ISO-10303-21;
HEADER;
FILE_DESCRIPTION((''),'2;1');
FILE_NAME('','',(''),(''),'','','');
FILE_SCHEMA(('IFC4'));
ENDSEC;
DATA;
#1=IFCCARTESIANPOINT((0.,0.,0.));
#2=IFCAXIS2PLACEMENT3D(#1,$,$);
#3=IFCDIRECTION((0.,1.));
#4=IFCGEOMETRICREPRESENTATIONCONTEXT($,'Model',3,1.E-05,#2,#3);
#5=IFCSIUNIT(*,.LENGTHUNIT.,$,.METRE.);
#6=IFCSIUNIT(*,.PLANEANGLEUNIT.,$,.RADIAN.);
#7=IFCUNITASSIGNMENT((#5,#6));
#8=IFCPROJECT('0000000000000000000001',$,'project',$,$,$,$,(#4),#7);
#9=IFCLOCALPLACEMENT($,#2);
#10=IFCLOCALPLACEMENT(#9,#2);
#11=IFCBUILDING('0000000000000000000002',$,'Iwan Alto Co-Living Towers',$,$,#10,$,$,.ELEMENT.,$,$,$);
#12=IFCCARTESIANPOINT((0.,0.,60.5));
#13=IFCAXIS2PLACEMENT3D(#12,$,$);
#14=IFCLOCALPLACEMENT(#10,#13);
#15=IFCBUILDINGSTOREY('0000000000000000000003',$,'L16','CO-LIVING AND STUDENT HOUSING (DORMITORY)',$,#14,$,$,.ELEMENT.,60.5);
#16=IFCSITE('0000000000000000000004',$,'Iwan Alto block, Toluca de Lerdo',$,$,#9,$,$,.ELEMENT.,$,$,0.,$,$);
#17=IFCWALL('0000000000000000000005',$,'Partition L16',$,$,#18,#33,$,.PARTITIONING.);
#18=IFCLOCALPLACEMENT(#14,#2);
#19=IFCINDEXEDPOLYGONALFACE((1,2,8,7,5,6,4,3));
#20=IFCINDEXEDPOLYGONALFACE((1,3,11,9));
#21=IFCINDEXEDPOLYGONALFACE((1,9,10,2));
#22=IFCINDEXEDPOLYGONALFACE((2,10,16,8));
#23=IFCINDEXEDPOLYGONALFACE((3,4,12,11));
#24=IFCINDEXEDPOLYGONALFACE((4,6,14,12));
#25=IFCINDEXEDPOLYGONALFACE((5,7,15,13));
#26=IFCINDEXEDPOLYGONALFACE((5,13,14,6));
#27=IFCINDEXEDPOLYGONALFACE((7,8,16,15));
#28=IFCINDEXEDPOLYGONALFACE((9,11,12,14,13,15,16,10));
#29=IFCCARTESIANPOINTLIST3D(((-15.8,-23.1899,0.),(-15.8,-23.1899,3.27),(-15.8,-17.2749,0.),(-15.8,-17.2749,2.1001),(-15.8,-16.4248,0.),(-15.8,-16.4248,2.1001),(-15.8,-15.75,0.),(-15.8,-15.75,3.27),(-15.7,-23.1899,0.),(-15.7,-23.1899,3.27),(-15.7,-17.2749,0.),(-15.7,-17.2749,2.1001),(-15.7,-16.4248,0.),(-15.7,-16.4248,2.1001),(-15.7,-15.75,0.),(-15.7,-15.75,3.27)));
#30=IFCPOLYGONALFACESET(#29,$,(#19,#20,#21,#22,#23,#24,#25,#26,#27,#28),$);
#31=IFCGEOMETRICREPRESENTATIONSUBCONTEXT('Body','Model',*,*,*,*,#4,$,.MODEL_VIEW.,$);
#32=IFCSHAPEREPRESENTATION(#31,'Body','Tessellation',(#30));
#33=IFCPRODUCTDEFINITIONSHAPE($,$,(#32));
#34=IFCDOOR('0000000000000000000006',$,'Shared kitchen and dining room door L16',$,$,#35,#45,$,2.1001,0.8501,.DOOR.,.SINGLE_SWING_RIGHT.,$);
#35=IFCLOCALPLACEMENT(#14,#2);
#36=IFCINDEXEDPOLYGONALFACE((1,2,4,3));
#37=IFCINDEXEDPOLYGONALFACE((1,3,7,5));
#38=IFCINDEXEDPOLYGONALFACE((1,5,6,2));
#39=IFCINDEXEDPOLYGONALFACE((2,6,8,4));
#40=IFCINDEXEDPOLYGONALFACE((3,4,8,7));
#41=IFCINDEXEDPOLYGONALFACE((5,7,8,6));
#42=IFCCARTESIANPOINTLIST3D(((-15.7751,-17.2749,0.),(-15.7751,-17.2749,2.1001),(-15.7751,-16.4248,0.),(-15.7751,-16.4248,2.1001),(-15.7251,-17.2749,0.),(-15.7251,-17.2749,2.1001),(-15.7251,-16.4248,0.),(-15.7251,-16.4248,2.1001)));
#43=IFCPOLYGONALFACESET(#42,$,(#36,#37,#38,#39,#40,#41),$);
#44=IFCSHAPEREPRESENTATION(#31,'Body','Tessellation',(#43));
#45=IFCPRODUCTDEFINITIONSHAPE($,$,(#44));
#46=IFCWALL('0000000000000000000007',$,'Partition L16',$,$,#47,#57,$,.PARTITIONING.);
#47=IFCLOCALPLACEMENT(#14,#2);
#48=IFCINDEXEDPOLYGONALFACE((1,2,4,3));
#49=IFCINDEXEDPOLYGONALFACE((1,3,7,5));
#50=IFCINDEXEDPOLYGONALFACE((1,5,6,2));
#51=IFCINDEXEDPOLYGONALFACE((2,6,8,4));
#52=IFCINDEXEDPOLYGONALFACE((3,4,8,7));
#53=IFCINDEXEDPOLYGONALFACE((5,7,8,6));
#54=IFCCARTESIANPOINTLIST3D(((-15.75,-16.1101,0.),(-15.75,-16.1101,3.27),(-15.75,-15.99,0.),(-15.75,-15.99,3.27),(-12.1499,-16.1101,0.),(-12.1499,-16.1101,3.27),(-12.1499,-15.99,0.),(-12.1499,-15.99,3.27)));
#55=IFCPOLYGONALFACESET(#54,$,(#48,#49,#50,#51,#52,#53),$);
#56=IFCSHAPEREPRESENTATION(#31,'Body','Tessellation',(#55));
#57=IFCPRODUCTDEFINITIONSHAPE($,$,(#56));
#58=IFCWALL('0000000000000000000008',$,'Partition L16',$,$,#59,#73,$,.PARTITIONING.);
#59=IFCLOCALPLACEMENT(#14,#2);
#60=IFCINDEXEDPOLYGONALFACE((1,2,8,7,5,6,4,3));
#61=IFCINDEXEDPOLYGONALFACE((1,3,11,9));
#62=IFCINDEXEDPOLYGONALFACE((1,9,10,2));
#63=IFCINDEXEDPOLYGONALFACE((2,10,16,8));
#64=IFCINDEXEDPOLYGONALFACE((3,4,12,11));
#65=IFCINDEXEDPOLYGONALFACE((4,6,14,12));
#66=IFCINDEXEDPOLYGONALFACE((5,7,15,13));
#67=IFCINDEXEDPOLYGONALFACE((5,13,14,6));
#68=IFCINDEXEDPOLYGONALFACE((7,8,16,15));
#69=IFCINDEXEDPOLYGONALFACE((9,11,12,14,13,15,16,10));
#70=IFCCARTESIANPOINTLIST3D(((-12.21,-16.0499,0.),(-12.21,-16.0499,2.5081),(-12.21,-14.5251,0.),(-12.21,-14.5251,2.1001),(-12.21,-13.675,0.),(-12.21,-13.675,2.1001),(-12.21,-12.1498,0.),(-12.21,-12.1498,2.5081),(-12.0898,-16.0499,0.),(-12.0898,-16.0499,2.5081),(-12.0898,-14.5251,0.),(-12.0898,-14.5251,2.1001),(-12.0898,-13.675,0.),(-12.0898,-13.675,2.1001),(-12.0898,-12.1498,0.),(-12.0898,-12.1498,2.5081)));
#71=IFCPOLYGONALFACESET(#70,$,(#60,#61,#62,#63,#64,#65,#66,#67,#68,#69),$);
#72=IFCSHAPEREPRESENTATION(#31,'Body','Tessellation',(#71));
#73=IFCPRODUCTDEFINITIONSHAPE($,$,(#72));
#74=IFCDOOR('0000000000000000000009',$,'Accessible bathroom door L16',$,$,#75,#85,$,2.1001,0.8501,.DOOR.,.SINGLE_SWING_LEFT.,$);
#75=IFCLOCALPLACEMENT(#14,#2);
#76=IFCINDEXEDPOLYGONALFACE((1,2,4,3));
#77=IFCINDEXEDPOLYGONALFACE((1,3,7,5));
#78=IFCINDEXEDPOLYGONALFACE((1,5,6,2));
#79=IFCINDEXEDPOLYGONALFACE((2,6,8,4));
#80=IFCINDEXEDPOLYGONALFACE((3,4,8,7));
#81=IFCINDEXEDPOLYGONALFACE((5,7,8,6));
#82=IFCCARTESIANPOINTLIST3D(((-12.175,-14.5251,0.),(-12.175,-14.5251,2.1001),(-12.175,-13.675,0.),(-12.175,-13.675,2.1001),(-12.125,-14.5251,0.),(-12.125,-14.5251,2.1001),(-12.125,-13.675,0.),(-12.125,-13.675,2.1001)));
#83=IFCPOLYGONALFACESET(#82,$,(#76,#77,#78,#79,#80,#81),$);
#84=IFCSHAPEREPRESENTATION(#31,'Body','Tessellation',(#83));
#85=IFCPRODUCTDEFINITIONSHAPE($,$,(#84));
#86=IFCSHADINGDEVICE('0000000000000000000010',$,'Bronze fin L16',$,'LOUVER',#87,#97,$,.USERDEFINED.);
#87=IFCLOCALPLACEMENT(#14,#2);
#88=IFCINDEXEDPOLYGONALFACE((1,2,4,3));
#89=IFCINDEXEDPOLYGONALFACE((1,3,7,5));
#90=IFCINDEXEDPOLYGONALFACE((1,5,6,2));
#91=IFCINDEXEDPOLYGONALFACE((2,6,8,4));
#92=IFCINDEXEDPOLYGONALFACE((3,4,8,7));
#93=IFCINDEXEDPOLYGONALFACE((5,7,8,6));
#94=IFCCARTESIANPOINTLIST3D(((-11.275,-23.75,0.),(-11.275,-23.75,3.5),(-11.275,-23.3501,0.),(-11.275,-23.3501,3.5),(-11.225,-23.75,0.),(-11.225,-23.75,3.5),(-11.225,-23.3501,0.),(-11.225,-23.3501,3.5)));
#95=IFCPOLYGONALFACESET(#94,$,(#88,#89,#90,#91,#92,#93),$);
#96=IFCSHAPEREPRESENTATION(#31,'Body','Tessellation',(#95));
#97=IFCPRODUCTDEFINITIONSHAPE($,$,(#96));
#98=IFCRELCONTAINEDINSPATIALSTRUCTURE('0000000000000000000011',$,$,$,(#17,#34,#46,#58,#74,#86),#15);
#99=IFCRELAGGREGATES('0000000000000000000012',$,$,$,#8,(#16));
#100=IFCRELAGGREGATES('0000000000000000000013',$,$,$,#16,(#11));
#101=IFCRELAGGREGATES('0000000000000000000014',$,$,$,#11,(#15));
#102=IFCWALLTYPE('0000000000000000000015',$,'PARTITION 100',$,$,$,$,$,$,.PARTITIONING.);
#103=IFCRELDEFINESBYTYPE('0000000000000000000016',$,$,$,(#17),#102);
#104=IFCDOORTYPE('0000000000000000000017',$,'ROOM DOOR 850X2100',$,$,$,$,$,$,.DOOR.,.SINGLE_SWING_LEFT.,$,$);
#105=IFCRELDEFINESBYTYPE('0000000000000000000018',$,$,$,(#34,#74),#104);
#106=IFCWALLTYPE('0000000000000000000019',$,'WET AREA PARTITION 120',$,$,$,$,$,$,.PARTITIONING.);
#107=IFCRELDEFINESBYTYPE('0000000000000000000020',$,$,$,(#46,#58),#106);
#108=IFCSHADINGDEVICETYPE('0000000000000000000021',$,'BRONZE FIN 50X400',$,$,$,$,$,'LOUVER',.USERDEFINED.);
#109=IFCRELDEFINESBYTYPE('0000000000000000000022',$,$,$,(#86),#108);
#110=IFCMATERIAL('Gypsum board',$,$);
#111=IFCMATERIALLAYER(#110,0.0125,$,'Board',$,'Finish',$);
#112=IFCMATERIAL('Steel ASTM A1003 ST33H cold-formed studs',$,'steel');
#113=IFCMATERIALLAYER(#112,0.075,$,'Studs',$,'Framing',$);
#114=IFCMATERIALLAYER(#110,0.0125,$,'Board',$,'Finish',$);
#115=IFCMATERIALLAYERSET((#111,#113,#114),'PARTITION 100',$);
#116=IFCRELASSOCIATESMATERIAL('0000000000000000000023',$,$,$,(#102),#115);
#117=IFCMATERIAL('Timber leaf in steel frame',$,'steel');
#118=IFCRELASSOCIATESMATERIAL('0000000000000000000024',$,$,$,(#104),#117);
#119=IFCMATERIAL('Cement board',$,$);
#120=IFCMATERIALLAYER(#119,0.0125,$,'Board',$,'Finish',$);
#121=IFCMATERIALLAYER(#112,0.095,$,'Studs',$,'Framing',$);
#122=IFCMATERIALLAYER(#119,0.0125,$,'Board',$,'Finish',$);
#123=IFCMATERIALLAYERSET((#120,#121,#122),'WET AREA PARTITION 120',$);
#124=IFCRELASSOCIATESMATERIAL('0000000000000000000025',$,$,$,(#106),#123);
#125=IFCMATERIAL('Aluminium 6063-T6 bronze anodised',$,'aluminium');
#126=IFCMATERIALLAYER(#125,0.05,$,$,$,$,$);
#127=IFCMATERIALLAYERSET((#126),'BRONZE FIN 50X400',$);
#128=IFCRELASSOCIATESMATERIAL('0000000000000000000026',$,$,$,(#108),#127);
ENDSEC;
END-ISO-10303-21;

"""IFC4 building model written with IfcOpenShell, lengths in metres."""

from ifc_helpers import new_model, si_unit, direction, frame, frame_2d, origin, origin_2d, place, context, subcontext, project, spatial, rectangle, extrude, material, layer, layer_set, type_object, element, fill, save


model = new_model("IFC4")

# Units and contexts
model_context = context("Model", 3, precision=1e-05, world=origin(), true_north=direction((0.0, 1.0)))
body_context = subcontext(model_context, "Body", "Model", "MODEL_VIEW")
ifc_project = project(units=[si_unit("LENGTHUNIT", "METRE"), si_unit("PLANEANGLEUNIT", "RADIAN")], contexts=[model_context])

# Site, building, storey
site_placement = place(None, origin())
site = spatial("IfcSite", under=ifc_project, at=site_placement, Name="Iwan Alto block, Toluca de Lerdo", CompositionType="ELEMENT", RefElevation=0.0)
building_placement = place(site_placement, origin())
building = spatial("IfcBuilding", under=site, at=building_placement, Name="Iwan Alto Co-Living Towers", CompositionType="ELEMENT")
storey_placement = place(building_placement, frame((0.0, 0.0, 60.5)))
storey = spatial("IfcBuildingStorey", under=building, at=storey_placement, Name="L16", Description="CO-LIVING AND STUDENT HOUSING (DORMITORY)", CompositionType="ELEMENT", Elevation=60.5)

# Shared definitions
ifc_material_1 = material(Name="Gypsum board")
ifc_layer_1 = layer(ifc_material_1, 0.0125, Name="Board", Category="Finish")
ifc_material_2 = material(Name="Steel ASTM A1003 ST33H cold-formed studs", Category="steel")
ifc_layer_2 = layer(ifc_material_2, 0.075, Name="Studs", Category="Framing")
ifc_layer_3 = layer(ifc_material_1, 0.0125, Name="Board", Category="Finish")
ifc_layer_set_1 = layer_set([ifc_layer_1, ifc_layer_2, ifc_layer_3], Name="PARTITION 100")
wall_type_1 = type_object("IfcWallType", Name="PARTITION 100", PredefinedType="PARTITIONING", material=ifc_layer_set_1)

# Wall, opening, door
wall_1_placement = place(storey_placement, frame((-15.75, -23.1899, 0.0), z_axis=(0.0, 0.0, 1.0), x_axis=(0.0, 1.0, 0.0)))
wall_1 = element("IfcWall", 1, at=wall_1_placement, inside=storey, type_object=wall_type_1, Name="Partition L16", PredefinedType="PARTITIONING", context=body_context, shape_type="SweptSolid", body=[
    extrude(rectangle(XDim=7.4399, YDim=0.1001, at=frame_2d((3.72, 0.0))), origin(), (0.0, 0.0, 1.0), 3.27),
])
opening_1_placement = place(wall_1_placement, frame((5.915, 0.0, 0.0)))
opening_1 = element("IfcOpeningElement", 2, at=opening_1_placement, cuts=wall_1, PredefinedType="OPENING", context=body_context, shape_type="SweptSolid", body=[
    extrude(rectangle(XDim=0.8501, YDim=2.1001, at=frame_2d((0.425, 1.05))), frame((0.0, 0.0601, 0.0), z_axis=(0.0, -1.0, 0.0), x_axis=(1.0, 0.0, 0.0)), (0.0, 0.0, 1.0), 0.1201),
])
ifc_material_3 = material(Name="Timber leaf in steel frame", Category="steel")
door_type_1 = type_object("IfcDoorType", Name="ROOM DOOR 850X2100", OperationType="SINGLE_SWING_LEFT", PredefinedType="DOOR", material=ifc_material_3)
door_1_placement = place(opening_1_placement, frame((0.8501, 0.0, 0.0), z_axis=(0.0, 0.0, 1.0), x_axis=(-1.0, 0.0, 0.0)))
door_1 = element("IfcDoor", 3, at=door_1_placement, inside=storey, type_object=door_type_1, Name="Shared kitchen and dining room door L16", OperationType="SINGLE_SWING_RIGHT", OverallHeight=2.1001, OverallWidth=0.8501, PredefinedType="DOOR", context=body_context, shape_type="SweptSolid", body=[
    extrude(rectangle(XDim=0.8501, YDim=2.1001, at=frame_2d((0.425, 1.05))), frame((0.0, 0.0249, 0.0), z_axis=(0.0, -1.0, 0.0), x_axis=(1.0, 0.0, 0.0)), (0.0, 0.0, 1.0), 0.05),
])
fill(opening_1, door_1)

# Wall
ifc_material_4 = material(Name="Cement board")
ifc_layer_4 = layer(ifc_material_4, 0.0125, Name="Board", Category="Finish")
ifc_layer_5 = layer(ifc_material_2, 0.095, Name="Studs", Category="Framing")
ifc_layer_6 = layer(ifc_material_4, 0.0125, Name="Board", Category="Finish")
ifc_layer_set_2 = layer_set([ifc_layer_4, ifc_layer_5, ifc_layer_6], Name="WET AREA PARTITION 120")
wall_type_2 = type_object("IfcWallType", Name="WET AREA PARTITION 120", PredefinedType="PARTITIONING", material=ifc_layer_set_2)
wall_2_placement = place(storey_placement, frame((-15.75, -16.05, 0.0), z_axis=(0.0, 0.0, 1.0), x_axis=(1.0, 0.0, 0.0)))
element("IfcWall", 4, at=wall_2_placement, inside=storey, type_object=wall_type_2, Name="Partition L16", PredefinedType="PARTITIONING", context=body_context, shape_type="SweptSolid", body=[
    extrude(rectangle(XDim=3.6001, YDim=0.1201, at=frame_2d((1.8, 0.0))), origin(), (0.0, 0.0, 1.0), 3.27),
])

# Wall, opening, door
wall_3_placement = place(storey_placement, frame((-12.1499, -16.05, 0.0), z_axis=(0.0, 0.0, 1.0), x_axis=(0.0, 1.0, 0.0)))
wall_3 = element("IfcWall", 5, at=wall_3_placement, inside=storey, type_object=wall_type_2, Name="Partition L16", PredefinedType="PARTITIONING", context=body_context, shape_type="SweptSolid", body=[
    extrude(rectangle(XDim=3.9001, YDim=0.1201, at=frame_2d((1.9502, 0.0))), origin(), (0.0, 0.0, 1.0), 2.5081),
])
opening_2_placement = place(wall_3_placement, frame((1.5249, 0.0, 0.0)))
opening_2 = element("IfcOpeningElement", 6, at=opening_2_placement, cuts=wall_3, PredefinedType="OPENING", context=body_context, shape_type="SweptSolid", body=[
    extrude(rectangle(XDim=0.8501, YDim=2.1001, at=frame_2d((0.425, 1.05))), frame((0.0, 0.0701, 0.0), z_axis=(0.0, -1.0, 0.0), x_axis=(1.0, 0.0, 0.0)), (0.0, 0.0, 1.0), 0.1401),
])
door_2_placement = place(opening_2_placement, frame((0.8501, 0.0, 0.0), z_axis=(0.0, 0.0, 1.0), x_axis=(-1.0, 0.0, 0.0)))
door_2 = element("IfcDoor", 7, at=door_2_placement, inside=storey, type_object=door_type_1, Name="Accessible bathroom door L16", OperationType="SINGLE_SWING_LEFT", OverallHeight=2.1001, OverallWidth=0.8501, PredefinedType="DOOR", context=body_context, shape_type="SweptSolid", body=[
    extrude(rectangle(XDim=0.8501, YDim=2.1001, at=frame_2d((0.425, 1.05))), frame((0.0, 0.0249, 0.0), z_axis=(0.0, -1.0, 0.0), x_axis=(1.0, 0.0, 0.0)), (0.0, 0.0, 1.0), 0.05),
])
fill(opening_2, door_2)

# Shading device
ifc_material_5 = material(Name="Aluminium 6063-T6 bronze anodised", Category="aluminium")
ifc_layer_7 = layer(ifc_material_5, 0.05)
ifc_layer_set_3 = layer_set([ifc_layer_7], Name="BRONZE FIN 50X400")
shading_device_type = type_object("IfcShadingDeviceType", Name="BRONZE FIN 50X400", ElementType="LOUVER", PredefinedType="USERDEFINED", material=ifc_layer_set_3)
shading_device_placement = place(storey_placement, frame((-11.25, -23.55, 0.0), z_axis=(0.0, 0.0, 1.0), x_axis=(1.0, 0.0, 0.0)))
element("IfcShadingDevice", 8, at=shading_device_placement, inside=storey, type_object=shading_device_type, Name="Bronze fin L16", ObjectType="LOUVER", PredefinedType="USERDEFINED", context=body_context, shape_type="SweptSolid", body=[
    extrude(rectangle(XDim=0.05, YDim=0.3999, at=origin_2d()), origin(), (0.0, 0.0, 1.0), 3.5),
])

save(model, "model.ifc")
